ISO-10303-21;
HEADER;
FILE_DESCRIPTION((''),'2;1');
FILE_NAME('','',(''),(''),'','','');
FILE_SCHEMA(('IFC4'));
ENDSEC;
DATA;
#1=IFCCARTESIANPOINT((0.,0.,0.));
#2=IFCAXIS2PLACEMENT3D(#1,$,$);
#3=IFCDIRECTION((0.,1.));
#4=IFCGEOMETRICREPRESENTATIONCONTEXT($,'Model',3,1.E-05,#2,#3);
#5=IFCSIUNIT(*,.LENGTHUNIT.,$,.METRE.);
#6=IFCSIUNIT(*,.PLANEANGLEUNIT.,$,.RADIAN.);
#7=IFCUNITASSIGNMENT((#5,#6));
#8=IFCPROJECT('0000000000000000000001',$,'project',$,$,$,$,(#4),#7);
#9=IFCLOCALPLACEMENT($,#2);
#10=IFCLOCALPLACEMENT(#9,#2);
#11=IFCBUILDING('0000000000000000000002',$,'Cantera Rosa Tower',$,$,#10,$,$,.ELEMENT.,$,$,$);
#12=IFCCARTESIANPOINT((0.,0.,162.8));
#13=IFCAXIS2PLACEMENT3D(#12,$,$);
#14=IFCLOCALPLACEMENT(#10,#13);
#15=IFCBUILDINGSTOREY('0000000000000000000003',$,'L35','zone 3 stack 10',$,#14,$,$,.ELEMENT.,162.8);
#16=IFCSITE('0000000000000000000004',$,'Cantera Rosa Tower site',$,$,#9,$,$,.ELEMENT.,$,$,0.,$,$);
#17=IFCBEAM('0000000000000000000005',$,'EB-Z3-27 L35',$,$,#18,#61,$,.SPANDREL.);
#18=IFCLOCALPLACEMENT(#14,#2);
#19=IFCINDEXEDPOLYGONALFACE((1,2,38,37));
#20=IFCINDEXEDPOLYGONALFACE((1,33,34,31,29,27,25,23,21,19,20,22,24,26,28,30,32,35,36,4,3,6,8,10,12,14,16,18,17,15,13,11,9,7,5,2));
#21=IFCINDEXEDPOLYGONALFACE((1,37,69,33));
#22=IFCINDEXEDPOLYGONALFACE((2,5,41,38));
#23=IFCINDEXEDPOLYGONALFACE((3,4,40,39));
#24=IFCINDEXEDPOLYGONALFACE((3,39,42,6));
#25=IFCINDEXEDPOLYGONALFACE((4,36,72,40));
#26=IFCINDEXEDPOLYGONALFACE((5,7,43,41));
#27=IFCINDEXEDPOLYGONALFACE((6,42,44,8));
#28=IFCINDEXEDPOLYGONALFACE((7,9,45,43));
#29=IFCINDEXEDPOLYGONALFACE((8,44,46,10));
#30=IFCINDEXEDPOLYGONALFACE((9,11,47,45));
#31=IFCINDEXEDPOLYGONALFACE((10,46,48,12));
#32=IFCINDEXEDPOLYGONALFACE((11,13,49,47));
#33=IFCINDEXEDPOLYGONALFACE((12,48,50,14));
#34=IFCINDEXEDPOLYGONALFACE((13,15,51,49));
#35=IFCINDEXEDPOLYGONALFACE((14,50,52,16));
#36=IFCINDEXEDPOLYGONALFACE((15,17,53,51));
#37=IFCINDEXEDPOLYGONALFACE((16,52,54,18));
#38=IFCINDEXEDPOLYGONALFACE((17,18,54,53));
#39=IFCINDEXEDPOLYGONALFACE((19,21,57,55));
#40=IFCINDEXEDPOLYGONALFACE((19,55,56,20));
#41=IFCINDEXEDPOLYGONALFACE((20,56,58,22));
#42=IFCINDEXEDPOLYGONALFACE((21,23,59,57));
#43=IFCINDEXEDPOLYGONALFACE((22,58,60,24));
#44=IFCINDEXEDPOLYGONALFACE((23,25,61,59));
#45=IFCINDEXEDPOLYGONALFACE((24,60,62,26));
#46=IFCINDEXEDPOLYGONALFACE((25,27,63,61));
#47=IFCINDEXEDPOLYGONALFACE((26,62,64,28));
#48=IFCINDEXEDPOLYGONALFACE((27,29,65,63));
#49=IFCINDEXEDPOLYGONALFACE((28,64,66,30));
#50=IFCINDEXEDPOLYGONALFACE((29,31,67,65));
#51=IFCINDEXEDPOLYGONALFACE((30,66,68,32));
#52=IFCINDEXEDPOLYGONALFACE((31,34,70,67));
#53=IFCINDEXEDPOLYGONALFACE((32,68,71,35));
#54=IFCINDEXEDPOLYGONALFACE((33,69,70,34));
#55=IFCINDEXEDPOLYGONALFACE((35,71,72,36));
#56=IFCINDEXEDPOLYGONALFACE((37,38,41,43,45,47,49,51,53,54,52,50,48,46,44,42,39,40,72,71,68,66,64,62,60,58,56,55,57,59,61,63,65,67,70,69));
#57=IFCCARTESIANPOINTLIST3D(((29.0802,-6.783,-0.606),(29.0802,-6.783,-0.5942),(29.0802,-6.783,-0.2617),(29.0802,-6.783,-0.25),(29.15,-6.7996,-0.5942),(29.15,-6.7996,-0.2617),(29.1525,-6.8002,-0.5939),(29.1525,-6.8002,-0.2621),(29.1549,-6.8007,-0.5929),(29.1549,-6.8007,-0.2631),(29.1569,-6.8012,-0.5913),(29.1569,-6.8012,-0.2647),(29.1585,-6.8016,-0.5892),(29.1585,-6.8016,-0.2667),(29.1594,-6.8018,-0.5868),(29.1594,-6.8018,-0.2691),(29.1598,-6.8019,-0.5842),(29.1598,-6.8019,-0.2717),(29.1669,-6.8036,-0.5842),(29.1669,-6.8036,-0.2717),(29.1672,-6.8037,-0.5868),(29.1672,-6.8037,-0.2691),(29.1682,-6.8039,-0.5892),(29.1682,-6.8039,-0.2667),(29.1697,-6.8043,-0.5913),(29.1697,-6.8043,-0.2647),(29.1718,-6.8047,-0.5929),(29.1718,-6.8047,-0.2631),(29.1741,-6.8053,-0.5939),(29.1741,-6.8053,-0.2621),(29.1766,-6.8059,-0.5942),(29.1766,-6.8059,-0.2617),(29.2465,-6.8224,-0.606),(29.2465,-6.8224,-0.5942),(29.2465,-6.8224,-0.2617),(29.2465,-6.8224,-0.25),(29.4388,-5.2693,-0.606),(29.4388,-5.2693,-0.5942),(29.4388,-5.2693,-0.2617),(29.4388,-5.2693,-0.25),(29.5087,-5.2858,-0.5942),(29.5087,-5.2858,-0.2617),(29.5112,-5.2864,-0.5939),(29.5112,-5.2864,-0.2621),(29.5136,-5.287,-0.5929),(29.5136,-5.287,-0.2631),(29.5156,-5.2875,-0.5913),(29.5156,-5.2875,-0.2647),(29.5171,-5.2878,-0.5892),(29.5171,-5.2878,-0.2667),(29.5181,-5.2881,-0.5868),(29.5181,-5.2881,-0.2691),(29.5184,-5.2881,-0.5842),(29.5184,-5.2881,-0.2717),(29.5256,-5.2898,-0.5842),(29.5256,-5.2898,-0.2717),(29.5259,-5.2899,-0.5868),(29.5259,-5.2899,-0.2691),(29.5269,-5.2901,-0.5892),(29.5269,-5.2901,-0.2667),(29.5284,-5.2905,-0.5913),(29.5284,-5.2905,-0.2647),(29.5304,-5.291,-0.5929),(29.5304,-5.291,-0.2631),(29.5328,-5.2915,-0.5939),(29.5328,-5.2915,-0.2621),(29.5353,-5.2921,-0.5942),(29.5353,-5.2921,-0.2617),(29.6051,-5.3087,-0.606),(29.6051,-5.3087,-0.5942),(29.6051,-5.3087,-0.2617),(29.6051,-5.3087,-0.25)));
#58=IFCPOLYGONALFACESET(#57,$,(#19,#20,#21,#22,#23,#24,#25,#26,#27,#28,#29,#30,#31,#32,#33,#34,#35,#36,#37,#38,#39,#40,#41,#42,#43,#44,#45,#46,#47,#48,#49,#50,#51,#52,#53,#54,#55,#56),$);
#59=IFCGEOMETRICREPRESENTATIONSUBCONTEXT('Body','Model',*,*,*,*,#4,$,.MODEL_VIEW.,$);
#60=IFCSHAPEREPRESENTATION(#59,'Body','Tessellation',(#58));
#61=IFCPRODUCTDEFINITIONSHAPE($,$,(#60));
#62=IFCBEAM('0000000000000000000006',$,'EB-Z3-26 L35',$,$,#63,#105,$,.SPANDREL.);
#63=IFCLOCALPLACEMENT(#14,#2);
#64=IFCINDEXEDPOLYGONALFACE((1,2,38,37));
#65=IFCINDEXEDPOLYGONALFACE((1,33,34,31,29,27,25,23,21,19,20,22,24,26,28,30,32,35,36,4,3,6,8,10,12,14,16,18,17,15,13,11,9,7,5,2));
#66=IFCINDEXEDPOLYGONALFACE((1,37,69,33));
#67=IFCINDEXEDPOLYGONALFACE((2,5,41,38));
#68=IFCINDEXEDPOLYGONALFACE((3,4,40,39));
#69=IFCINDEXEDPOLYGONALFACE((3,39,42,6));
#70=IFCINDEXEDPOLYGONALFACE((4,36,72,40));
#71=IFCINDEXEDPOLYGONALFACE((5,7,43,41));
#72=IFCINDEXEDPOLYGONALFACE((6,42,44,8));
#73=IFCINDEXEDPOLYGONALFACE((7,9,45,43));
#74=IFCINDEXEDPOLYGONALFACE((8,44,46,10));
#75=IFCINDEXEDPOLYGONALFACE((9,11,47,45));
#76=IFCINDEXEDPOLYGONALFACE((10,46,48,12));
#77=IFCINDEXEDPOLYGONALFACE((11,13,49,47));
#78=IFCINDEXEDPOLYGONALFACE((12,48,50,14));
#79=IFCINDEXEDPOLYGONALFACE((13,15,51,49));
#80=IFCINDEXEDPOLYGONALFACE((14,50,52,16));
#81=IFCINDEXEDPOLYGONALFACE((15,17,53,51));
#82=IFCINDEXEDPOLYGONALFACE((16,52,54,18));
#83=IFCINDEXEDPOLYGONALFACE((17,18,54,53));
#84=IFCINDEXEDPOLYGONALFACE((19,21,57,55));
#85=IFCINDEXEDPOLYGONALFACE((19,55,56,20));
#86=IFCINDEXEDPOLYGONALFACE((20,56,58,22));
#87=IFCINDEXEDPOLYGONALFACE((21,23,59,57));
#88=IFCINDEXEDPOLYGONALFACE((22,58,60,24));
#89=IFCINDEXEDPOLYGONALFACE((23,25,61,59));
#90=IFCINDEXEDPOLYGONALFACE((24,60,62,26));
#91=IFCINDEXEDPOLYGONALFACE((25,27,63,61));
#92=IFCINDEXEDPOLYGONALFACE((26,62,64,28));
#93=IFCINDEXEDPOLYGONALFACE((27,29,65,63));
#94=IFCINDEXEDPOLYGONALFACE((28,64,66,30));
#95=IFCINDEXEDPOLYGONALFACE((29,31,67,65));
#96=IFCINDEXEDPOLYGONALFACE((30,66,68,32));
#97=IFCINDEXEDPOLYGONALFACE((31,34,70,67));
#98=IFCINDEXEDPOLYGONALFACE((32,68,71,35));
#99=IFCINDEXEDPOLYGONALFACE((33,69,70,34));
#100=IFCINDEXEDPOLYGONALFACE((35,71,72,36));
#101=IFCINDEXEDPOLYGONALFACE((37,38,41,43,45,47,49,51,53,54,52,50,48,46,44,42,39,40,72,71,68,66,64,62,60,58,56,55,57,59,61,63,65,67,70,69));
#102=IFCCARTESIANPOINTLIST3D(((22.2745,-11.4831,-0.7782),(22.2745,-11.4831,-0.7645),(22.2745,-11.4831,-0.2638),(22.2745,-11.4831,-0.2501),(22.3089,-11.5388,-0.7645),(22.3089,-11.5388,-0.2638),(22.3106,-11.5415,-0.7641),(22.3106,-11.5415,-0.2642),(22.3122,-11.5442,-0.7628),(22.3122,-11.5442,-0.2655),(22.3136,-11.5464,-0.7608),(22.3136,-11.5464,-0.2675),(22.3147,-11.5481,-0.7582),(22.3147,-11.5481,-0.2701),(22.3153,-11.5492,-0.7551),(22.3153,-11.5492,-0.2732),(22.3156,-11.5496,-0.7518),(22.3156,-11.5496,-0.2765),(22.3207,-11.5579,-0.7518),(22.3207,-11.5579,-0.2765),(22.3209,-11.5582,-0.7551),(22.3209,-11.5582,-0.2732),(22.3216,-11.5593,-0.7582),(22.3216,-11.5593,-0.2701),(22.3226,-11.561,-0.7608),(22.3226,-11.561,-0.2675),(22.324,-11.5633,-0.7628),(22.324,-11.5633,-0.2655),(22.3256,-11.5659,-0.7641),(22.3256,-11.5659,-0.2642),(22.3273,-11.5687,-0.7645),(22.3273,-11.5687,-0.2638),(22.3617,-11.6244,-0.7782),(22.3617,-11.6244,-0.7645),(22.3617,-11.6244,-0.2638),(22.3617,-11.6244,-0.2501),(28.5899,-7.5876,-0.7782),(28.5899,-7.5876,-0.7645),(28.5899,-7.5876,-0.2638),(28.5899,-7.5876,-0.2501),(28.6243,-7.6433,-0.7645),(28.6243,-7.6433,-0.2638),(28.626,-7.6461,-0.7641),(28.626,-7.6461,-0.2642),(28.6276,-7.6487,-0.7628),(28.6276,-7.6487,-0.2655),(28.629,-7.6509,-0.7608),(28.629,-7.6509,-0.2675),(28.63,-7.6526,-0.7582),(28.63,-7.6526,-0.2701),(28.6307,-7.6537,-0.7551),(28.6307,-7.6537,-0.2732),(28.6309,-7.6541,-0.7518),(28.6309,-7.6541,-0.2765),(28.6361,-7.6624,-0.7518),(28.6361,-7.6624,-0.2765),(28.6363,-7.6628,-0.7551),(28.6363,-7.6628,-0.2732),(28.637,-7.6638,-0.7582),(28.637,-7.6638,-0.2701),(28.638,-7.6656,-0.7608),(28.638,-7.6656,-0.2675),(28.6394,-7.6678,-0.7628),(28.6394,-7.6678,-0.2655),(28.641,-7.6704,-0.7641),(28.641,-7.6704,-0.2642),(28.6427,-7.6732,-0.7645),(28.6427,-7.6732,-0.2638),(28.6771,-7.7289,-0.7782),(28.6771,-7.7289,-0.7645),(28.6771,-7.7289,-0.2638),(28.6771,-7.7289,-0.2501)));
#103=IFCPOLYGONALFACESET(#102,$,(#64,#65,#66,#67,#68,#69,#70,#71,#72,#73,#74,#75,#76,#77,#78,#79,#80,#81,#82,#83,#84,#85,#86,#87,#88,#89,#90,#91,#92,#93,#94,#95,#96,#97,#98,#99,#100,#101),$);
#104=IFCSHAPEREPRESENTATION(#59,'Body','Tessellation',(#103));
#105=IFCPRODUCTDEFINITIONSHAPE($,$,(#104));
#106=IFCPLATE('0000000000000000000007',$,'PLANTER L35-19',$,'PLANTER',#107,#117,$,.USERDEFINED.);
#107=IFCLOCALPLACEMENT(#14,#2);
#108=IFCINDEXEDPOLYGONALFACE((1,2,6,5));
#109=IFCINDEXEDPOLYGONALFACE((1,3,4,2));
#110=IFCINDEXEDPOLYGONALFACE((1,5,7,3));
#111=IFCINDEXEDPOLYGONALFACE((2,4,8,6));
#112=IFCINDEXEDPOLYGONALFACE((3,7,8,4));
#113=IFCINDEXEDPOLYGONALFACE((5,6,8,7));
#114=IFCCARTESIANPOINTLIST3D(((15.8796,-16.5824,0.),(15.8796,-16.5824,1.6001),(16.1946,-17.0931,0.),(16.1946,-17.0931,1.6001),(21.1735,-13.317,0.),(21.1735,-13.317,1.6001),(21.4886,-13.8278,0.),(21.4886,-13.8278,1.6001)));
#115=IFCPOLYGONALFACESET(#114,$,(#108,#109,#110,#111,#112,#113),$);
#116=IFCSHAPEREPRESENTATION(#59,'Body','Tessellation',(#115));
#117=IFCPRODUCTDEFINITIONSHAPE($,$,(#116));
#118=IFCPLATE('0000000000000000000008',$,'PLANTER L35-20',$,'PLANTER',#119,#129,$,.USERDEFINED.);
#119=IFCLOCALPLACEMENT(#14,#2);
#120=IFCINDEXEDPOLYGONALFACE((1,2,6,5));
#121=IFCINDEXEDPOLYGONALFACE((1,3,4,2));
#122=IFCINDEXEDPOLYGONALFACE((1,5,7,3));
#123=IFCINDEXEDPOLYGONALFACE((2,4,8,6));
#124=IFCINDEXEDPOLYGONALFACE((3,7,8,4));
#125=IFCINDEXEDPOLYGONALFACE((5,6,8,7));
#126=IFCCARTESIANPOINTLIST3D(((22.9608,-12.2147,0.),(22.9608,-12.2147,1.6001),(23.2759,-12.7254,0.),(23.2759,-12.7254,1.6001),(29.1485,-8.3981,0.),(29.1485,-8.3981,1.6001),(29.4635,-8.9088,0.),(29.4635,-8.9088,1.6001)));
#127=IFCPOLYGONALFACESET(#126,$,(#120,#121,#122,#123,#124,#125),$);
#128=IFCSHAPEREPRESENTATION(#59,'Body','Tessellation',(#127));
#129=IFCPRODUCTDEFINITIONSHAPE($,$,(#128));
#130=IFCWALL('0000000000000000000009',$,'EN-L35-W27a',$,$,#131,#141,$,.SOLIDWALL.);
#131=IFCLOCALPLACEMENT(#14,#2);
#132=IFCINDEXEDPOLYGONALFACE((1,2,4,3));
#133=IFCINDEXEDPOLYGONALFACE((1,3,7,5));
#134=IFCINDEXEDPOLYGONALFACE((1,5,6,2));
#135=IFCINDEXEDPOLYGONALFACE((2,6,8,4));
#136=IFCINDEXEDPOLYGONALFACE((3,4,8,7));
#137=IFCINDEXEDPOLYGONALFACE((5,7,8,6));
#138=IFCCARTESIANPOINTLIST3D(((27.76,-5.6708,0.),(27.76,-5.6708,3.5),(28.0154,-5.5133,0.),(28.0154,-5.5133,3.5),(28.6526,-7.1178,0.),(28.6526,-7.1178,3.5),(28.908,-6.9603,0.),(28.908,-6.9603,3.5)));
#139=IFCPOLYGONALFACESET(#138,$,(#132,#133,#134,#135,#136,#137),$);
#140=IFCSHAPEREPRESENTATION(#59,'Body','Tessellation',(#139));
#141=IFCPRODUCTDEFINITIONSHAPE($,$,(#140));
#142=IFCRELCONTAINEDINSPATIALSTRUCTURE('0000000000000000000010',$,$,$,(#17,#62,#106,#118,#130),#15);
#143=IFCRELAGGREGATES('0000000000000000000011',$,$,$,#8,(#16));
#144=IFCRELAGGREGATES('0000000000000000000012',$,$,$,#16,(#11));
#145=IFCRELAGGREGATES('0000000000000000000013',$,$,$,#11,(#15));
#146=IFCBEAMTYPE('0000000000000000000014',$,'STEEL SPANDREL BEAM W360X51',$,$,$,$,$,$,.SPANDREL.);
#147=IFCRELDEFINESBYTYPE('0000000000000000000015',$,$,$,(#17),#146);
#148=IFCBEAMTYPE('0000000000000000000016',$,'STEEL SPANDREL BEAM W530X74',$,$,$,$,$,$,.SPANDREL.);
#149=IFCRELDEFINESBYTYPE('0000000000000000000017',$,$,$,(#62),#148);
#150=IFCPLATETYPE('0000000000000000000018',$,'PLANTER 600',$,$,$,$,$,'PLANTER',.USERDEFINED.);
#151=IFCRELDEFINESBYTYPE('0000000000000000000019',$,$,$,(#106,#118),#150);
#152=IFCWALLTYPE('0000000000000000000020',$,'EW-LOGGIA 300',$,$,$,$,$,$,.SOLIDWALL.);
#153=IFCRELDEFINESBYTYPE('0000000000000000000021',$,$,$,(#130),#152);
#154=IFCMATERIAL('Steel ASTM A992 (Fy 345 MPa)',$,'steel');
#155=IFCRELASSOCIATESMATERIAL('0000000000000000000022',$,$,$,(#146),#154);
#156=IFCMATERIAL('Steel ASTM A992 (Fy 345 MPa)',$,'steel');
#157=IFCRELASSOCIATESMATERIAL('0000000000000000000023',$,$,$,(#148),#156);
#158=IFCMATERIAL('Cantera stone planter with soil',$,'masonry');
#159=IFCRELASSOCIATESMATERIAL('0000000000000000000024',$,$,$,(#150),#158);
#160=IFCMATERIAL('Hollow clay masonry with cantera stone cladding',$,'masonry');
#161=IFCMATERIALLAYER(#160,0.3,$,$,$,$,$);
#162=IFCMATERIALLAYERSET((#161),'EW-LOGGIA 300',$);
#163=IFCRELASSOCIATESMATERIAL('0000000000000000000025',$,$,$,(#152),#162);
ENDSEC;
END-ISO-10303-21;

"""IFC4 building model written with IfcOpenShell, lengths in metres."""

from ifc_helpers import new_model, si_unit, direction, frame, frame_2d, origin, origin_2d, place, context, subcontext, project, spatial, rectangle, i_section, extrude, material, layer, layer_set, material_profile, profile_set, type_object, element, save


model = new_model("IFC4")

# Units and contexts
model_context = context("Model", 3, precision=1e-05, world=origin(), true_north=direction((0.0, 1.0)))
body_context = subcontext(model_context, "Body", "Model", "MODEL_VIEW")
ifc_project = project(units=[si_unit("LENGTHUNIT", "METRE"), si_unit("PLANEANGLEUNIT", "RADIAN")], contexts=[model_context])

# Site, building, storey
site_placement = place(None, origin())
site = spatial("IfcSite", under=ifc_project, at=site_placement, Name="Cantera Rosa Tower site", CompositionType="ELEMENT", RefElevation=0.0)
building_placement = place(site_placement, origin())
building = spatial("IfcBuilding", under=site, at=building_placement, Name="Cantera Rosa Tower", CompositionType="ELEMENT")
storey_placement = place(building_placement, frame((0.0, 0.0, 162.8)))
storey = spatial("IfcBuildingStorey", under=building, at=storey_placement, Name="L35", Description="zone 3 stack 10", CompositionType="ELEMENT", Elevation=162.8)

# Beams
ifc_material_1 = material(Name="Steel ASTM A992 (Fy 345 MPa)", Category="steel")
ifc_material_profile_1 = material_profile(ifc_material_1, i_section(OverallWidth=0.1709, OverallDepth=0.356, WebThickness=0.0073, FlangeThickness=0.0117, FilletRadius=0.01, at=origin_2d()), Name="W360X51")
ifc_profile_set_1 = profile_set([ifc_material_profile_1], Name="Steel ASTM A992 (Fy 345 MPa)")
beam_type_1 = type_object("IfcBeamType", Name="STEEL SPANDREL BEAM W360X51", PredefinedType="SPANDREL", material=ifc_profile_set_1)
beam_1_placement = place(storey_placement, frame((29.1633, -6.8027, -0.428), z_axis=(0.230552, 0.97306, 0.0), x_axis=(-0.97306, 0.230552, 0.0)))
element("IfcBeam", 1, at=beam_1_placement, inside=storey, type_object=beam_type_1, Name="EB-Z3-27 L35", PredefinedType="SPANDREL", context=body_context, shape_type="SweptSolid", body=[
    extrude(i_section(OverallWidth=0.1709, OverallDepth=0.356, WebThickness=0.0073, FlangeThickness=0.0117, FilletRadius=0.01, at=origin_2d()), origin(), (0.0, 0.0, 1.0), 1.5557),
])
ifc_material_2 = material(Name="Steel ASTM A992 (Fy 345 MPa)", Category="steel")
ifc_material_profile_2 = material_profile(ifc_material_2, i_section(OverallWidth=0.166, OverallDepth=0.5281, WebThickness=0.0098, FlangeThickness=0.0137, FilletRadius=0.0127, at=origin_2d()), Name="W530X74")
ifc_profile_set_2 = profile_set([ifc_material_profile_2], Name="Steel ASTM A992 (Fy 345 MPa)")
beam_type_2 = type_object("IfcBeamType", Name="STEEL SPANDREL BEAM W530X74", PredefinedType="SPANDREL", material=ifc_profile_set_2)
beam_2_placement = place(storey_placement, frame((22.3181, -11.5537, -0.5142), z_axis=(0.851111, 0.524986, 0.0), x_axis=(-0.524986, 0.851111, 0.0)))
element("IfcBeam", 2, at=beam_2_placement, inside=storey, type_object=beam_type_2, Name="EB-Z3-26 L35", PredefinedType="SPANDREL", context=body_context, shape_type="SweptSolid", body=[
    extrude(i_section(OverallWidth=0.166, OverallDepth=0.5281, WebThickness=0.0098, FlangeThickness=0.0137, FilletRadius=0.0127, at=origin_2d()), origin(), (0.0, 0.0, 1.0), 7.4202),
])

# Plates
ifc_material_3 = material(Name="Cantera stone planter with soil", Category="masonry")
plate_type = type_object("IfcPlateType", Name="PLANTER 600", ElementType="PLANTER", PredefinedType="USERDEFINED", material=ifc_material_3)
plate_1_placement = place(storey_placement, frame((18.6841, -15.2051, 0.0), z_axis=(0.0, 0.0, 1.0), x_axis=(0.851117, 0.524977, 0.0)))
element("IfcPlate", 3, at=plate_1_placement, inside=storey, type_object=plate_type, Name="PLANTER L35-19", ObjectType="PLANTER", PredefinedType="USERDEFINED", context=body_context, shape_type="SweptSolid", body=[
    extrude(rectangle(XDim=6.22, YDim=0.6001, at=origin_2d()), origin(), (0.0, 0.0, 1.0), 1.6001),
])
plate_2_placement = place(storey_placement, frame((26.2122, -10.5618, 0.0), z_axis=(0.0, 0.0, 1.0), x_axis=(0.851117, 0.524977, 0.0)))
element("IfcPlate", 4, at=plate_2_placement, inside=storey, type_object=plate_type, Name="PLANTER L35-20", ObjectType="PLANTER", PredefinedType="USERDEFINED", context=body_context, shape_type="SweptSolid", body=[
    extrude(rectangle(XDim=7.27, YDim=0.6001, at=origin_2d()), origin(), (0.0, 0.0, 1.0), 1.6001),
])

# Wall
ifc_material_4 = material(Name="Hollow clay masonry with cantera stone cladding", Category="masonry")
ifc_layer_1 = layer(ifc_material_4, 0.3)
ifc_layer_set_1 = layer_set([ifc_layer_1], Name="EW-LOGGIA 300")
wall_type_1 = type_object("IfcWallType", Name="EW-LOGGIA 300", PredefinedType="SOLIDWALL", material=ifc_layer_set_1)
wall_1_placement = place(storey_placement, frame((28.7803, -7.0391, 0.0), z_axis=(0.0, 0.0, 1.0), x_axis=(-0.524994, 0.851106, 0.0)))
element("IfcWall", 5, at=wall_1_placement, inside=storey, type_object=wall_type_1, Name="EN-L35-W27a", PredefinedType="SOLIDWALL", context=body_context, shape_type="SweptSolid", body=[
    extrude(rectangle(XDim=1.7002, YDim=0.3, at=frame_2d((0.8501, 0.0))), origin(), (0.0, 0.0, 1.0), 3.5),
])

save(model, "model.ifc")
